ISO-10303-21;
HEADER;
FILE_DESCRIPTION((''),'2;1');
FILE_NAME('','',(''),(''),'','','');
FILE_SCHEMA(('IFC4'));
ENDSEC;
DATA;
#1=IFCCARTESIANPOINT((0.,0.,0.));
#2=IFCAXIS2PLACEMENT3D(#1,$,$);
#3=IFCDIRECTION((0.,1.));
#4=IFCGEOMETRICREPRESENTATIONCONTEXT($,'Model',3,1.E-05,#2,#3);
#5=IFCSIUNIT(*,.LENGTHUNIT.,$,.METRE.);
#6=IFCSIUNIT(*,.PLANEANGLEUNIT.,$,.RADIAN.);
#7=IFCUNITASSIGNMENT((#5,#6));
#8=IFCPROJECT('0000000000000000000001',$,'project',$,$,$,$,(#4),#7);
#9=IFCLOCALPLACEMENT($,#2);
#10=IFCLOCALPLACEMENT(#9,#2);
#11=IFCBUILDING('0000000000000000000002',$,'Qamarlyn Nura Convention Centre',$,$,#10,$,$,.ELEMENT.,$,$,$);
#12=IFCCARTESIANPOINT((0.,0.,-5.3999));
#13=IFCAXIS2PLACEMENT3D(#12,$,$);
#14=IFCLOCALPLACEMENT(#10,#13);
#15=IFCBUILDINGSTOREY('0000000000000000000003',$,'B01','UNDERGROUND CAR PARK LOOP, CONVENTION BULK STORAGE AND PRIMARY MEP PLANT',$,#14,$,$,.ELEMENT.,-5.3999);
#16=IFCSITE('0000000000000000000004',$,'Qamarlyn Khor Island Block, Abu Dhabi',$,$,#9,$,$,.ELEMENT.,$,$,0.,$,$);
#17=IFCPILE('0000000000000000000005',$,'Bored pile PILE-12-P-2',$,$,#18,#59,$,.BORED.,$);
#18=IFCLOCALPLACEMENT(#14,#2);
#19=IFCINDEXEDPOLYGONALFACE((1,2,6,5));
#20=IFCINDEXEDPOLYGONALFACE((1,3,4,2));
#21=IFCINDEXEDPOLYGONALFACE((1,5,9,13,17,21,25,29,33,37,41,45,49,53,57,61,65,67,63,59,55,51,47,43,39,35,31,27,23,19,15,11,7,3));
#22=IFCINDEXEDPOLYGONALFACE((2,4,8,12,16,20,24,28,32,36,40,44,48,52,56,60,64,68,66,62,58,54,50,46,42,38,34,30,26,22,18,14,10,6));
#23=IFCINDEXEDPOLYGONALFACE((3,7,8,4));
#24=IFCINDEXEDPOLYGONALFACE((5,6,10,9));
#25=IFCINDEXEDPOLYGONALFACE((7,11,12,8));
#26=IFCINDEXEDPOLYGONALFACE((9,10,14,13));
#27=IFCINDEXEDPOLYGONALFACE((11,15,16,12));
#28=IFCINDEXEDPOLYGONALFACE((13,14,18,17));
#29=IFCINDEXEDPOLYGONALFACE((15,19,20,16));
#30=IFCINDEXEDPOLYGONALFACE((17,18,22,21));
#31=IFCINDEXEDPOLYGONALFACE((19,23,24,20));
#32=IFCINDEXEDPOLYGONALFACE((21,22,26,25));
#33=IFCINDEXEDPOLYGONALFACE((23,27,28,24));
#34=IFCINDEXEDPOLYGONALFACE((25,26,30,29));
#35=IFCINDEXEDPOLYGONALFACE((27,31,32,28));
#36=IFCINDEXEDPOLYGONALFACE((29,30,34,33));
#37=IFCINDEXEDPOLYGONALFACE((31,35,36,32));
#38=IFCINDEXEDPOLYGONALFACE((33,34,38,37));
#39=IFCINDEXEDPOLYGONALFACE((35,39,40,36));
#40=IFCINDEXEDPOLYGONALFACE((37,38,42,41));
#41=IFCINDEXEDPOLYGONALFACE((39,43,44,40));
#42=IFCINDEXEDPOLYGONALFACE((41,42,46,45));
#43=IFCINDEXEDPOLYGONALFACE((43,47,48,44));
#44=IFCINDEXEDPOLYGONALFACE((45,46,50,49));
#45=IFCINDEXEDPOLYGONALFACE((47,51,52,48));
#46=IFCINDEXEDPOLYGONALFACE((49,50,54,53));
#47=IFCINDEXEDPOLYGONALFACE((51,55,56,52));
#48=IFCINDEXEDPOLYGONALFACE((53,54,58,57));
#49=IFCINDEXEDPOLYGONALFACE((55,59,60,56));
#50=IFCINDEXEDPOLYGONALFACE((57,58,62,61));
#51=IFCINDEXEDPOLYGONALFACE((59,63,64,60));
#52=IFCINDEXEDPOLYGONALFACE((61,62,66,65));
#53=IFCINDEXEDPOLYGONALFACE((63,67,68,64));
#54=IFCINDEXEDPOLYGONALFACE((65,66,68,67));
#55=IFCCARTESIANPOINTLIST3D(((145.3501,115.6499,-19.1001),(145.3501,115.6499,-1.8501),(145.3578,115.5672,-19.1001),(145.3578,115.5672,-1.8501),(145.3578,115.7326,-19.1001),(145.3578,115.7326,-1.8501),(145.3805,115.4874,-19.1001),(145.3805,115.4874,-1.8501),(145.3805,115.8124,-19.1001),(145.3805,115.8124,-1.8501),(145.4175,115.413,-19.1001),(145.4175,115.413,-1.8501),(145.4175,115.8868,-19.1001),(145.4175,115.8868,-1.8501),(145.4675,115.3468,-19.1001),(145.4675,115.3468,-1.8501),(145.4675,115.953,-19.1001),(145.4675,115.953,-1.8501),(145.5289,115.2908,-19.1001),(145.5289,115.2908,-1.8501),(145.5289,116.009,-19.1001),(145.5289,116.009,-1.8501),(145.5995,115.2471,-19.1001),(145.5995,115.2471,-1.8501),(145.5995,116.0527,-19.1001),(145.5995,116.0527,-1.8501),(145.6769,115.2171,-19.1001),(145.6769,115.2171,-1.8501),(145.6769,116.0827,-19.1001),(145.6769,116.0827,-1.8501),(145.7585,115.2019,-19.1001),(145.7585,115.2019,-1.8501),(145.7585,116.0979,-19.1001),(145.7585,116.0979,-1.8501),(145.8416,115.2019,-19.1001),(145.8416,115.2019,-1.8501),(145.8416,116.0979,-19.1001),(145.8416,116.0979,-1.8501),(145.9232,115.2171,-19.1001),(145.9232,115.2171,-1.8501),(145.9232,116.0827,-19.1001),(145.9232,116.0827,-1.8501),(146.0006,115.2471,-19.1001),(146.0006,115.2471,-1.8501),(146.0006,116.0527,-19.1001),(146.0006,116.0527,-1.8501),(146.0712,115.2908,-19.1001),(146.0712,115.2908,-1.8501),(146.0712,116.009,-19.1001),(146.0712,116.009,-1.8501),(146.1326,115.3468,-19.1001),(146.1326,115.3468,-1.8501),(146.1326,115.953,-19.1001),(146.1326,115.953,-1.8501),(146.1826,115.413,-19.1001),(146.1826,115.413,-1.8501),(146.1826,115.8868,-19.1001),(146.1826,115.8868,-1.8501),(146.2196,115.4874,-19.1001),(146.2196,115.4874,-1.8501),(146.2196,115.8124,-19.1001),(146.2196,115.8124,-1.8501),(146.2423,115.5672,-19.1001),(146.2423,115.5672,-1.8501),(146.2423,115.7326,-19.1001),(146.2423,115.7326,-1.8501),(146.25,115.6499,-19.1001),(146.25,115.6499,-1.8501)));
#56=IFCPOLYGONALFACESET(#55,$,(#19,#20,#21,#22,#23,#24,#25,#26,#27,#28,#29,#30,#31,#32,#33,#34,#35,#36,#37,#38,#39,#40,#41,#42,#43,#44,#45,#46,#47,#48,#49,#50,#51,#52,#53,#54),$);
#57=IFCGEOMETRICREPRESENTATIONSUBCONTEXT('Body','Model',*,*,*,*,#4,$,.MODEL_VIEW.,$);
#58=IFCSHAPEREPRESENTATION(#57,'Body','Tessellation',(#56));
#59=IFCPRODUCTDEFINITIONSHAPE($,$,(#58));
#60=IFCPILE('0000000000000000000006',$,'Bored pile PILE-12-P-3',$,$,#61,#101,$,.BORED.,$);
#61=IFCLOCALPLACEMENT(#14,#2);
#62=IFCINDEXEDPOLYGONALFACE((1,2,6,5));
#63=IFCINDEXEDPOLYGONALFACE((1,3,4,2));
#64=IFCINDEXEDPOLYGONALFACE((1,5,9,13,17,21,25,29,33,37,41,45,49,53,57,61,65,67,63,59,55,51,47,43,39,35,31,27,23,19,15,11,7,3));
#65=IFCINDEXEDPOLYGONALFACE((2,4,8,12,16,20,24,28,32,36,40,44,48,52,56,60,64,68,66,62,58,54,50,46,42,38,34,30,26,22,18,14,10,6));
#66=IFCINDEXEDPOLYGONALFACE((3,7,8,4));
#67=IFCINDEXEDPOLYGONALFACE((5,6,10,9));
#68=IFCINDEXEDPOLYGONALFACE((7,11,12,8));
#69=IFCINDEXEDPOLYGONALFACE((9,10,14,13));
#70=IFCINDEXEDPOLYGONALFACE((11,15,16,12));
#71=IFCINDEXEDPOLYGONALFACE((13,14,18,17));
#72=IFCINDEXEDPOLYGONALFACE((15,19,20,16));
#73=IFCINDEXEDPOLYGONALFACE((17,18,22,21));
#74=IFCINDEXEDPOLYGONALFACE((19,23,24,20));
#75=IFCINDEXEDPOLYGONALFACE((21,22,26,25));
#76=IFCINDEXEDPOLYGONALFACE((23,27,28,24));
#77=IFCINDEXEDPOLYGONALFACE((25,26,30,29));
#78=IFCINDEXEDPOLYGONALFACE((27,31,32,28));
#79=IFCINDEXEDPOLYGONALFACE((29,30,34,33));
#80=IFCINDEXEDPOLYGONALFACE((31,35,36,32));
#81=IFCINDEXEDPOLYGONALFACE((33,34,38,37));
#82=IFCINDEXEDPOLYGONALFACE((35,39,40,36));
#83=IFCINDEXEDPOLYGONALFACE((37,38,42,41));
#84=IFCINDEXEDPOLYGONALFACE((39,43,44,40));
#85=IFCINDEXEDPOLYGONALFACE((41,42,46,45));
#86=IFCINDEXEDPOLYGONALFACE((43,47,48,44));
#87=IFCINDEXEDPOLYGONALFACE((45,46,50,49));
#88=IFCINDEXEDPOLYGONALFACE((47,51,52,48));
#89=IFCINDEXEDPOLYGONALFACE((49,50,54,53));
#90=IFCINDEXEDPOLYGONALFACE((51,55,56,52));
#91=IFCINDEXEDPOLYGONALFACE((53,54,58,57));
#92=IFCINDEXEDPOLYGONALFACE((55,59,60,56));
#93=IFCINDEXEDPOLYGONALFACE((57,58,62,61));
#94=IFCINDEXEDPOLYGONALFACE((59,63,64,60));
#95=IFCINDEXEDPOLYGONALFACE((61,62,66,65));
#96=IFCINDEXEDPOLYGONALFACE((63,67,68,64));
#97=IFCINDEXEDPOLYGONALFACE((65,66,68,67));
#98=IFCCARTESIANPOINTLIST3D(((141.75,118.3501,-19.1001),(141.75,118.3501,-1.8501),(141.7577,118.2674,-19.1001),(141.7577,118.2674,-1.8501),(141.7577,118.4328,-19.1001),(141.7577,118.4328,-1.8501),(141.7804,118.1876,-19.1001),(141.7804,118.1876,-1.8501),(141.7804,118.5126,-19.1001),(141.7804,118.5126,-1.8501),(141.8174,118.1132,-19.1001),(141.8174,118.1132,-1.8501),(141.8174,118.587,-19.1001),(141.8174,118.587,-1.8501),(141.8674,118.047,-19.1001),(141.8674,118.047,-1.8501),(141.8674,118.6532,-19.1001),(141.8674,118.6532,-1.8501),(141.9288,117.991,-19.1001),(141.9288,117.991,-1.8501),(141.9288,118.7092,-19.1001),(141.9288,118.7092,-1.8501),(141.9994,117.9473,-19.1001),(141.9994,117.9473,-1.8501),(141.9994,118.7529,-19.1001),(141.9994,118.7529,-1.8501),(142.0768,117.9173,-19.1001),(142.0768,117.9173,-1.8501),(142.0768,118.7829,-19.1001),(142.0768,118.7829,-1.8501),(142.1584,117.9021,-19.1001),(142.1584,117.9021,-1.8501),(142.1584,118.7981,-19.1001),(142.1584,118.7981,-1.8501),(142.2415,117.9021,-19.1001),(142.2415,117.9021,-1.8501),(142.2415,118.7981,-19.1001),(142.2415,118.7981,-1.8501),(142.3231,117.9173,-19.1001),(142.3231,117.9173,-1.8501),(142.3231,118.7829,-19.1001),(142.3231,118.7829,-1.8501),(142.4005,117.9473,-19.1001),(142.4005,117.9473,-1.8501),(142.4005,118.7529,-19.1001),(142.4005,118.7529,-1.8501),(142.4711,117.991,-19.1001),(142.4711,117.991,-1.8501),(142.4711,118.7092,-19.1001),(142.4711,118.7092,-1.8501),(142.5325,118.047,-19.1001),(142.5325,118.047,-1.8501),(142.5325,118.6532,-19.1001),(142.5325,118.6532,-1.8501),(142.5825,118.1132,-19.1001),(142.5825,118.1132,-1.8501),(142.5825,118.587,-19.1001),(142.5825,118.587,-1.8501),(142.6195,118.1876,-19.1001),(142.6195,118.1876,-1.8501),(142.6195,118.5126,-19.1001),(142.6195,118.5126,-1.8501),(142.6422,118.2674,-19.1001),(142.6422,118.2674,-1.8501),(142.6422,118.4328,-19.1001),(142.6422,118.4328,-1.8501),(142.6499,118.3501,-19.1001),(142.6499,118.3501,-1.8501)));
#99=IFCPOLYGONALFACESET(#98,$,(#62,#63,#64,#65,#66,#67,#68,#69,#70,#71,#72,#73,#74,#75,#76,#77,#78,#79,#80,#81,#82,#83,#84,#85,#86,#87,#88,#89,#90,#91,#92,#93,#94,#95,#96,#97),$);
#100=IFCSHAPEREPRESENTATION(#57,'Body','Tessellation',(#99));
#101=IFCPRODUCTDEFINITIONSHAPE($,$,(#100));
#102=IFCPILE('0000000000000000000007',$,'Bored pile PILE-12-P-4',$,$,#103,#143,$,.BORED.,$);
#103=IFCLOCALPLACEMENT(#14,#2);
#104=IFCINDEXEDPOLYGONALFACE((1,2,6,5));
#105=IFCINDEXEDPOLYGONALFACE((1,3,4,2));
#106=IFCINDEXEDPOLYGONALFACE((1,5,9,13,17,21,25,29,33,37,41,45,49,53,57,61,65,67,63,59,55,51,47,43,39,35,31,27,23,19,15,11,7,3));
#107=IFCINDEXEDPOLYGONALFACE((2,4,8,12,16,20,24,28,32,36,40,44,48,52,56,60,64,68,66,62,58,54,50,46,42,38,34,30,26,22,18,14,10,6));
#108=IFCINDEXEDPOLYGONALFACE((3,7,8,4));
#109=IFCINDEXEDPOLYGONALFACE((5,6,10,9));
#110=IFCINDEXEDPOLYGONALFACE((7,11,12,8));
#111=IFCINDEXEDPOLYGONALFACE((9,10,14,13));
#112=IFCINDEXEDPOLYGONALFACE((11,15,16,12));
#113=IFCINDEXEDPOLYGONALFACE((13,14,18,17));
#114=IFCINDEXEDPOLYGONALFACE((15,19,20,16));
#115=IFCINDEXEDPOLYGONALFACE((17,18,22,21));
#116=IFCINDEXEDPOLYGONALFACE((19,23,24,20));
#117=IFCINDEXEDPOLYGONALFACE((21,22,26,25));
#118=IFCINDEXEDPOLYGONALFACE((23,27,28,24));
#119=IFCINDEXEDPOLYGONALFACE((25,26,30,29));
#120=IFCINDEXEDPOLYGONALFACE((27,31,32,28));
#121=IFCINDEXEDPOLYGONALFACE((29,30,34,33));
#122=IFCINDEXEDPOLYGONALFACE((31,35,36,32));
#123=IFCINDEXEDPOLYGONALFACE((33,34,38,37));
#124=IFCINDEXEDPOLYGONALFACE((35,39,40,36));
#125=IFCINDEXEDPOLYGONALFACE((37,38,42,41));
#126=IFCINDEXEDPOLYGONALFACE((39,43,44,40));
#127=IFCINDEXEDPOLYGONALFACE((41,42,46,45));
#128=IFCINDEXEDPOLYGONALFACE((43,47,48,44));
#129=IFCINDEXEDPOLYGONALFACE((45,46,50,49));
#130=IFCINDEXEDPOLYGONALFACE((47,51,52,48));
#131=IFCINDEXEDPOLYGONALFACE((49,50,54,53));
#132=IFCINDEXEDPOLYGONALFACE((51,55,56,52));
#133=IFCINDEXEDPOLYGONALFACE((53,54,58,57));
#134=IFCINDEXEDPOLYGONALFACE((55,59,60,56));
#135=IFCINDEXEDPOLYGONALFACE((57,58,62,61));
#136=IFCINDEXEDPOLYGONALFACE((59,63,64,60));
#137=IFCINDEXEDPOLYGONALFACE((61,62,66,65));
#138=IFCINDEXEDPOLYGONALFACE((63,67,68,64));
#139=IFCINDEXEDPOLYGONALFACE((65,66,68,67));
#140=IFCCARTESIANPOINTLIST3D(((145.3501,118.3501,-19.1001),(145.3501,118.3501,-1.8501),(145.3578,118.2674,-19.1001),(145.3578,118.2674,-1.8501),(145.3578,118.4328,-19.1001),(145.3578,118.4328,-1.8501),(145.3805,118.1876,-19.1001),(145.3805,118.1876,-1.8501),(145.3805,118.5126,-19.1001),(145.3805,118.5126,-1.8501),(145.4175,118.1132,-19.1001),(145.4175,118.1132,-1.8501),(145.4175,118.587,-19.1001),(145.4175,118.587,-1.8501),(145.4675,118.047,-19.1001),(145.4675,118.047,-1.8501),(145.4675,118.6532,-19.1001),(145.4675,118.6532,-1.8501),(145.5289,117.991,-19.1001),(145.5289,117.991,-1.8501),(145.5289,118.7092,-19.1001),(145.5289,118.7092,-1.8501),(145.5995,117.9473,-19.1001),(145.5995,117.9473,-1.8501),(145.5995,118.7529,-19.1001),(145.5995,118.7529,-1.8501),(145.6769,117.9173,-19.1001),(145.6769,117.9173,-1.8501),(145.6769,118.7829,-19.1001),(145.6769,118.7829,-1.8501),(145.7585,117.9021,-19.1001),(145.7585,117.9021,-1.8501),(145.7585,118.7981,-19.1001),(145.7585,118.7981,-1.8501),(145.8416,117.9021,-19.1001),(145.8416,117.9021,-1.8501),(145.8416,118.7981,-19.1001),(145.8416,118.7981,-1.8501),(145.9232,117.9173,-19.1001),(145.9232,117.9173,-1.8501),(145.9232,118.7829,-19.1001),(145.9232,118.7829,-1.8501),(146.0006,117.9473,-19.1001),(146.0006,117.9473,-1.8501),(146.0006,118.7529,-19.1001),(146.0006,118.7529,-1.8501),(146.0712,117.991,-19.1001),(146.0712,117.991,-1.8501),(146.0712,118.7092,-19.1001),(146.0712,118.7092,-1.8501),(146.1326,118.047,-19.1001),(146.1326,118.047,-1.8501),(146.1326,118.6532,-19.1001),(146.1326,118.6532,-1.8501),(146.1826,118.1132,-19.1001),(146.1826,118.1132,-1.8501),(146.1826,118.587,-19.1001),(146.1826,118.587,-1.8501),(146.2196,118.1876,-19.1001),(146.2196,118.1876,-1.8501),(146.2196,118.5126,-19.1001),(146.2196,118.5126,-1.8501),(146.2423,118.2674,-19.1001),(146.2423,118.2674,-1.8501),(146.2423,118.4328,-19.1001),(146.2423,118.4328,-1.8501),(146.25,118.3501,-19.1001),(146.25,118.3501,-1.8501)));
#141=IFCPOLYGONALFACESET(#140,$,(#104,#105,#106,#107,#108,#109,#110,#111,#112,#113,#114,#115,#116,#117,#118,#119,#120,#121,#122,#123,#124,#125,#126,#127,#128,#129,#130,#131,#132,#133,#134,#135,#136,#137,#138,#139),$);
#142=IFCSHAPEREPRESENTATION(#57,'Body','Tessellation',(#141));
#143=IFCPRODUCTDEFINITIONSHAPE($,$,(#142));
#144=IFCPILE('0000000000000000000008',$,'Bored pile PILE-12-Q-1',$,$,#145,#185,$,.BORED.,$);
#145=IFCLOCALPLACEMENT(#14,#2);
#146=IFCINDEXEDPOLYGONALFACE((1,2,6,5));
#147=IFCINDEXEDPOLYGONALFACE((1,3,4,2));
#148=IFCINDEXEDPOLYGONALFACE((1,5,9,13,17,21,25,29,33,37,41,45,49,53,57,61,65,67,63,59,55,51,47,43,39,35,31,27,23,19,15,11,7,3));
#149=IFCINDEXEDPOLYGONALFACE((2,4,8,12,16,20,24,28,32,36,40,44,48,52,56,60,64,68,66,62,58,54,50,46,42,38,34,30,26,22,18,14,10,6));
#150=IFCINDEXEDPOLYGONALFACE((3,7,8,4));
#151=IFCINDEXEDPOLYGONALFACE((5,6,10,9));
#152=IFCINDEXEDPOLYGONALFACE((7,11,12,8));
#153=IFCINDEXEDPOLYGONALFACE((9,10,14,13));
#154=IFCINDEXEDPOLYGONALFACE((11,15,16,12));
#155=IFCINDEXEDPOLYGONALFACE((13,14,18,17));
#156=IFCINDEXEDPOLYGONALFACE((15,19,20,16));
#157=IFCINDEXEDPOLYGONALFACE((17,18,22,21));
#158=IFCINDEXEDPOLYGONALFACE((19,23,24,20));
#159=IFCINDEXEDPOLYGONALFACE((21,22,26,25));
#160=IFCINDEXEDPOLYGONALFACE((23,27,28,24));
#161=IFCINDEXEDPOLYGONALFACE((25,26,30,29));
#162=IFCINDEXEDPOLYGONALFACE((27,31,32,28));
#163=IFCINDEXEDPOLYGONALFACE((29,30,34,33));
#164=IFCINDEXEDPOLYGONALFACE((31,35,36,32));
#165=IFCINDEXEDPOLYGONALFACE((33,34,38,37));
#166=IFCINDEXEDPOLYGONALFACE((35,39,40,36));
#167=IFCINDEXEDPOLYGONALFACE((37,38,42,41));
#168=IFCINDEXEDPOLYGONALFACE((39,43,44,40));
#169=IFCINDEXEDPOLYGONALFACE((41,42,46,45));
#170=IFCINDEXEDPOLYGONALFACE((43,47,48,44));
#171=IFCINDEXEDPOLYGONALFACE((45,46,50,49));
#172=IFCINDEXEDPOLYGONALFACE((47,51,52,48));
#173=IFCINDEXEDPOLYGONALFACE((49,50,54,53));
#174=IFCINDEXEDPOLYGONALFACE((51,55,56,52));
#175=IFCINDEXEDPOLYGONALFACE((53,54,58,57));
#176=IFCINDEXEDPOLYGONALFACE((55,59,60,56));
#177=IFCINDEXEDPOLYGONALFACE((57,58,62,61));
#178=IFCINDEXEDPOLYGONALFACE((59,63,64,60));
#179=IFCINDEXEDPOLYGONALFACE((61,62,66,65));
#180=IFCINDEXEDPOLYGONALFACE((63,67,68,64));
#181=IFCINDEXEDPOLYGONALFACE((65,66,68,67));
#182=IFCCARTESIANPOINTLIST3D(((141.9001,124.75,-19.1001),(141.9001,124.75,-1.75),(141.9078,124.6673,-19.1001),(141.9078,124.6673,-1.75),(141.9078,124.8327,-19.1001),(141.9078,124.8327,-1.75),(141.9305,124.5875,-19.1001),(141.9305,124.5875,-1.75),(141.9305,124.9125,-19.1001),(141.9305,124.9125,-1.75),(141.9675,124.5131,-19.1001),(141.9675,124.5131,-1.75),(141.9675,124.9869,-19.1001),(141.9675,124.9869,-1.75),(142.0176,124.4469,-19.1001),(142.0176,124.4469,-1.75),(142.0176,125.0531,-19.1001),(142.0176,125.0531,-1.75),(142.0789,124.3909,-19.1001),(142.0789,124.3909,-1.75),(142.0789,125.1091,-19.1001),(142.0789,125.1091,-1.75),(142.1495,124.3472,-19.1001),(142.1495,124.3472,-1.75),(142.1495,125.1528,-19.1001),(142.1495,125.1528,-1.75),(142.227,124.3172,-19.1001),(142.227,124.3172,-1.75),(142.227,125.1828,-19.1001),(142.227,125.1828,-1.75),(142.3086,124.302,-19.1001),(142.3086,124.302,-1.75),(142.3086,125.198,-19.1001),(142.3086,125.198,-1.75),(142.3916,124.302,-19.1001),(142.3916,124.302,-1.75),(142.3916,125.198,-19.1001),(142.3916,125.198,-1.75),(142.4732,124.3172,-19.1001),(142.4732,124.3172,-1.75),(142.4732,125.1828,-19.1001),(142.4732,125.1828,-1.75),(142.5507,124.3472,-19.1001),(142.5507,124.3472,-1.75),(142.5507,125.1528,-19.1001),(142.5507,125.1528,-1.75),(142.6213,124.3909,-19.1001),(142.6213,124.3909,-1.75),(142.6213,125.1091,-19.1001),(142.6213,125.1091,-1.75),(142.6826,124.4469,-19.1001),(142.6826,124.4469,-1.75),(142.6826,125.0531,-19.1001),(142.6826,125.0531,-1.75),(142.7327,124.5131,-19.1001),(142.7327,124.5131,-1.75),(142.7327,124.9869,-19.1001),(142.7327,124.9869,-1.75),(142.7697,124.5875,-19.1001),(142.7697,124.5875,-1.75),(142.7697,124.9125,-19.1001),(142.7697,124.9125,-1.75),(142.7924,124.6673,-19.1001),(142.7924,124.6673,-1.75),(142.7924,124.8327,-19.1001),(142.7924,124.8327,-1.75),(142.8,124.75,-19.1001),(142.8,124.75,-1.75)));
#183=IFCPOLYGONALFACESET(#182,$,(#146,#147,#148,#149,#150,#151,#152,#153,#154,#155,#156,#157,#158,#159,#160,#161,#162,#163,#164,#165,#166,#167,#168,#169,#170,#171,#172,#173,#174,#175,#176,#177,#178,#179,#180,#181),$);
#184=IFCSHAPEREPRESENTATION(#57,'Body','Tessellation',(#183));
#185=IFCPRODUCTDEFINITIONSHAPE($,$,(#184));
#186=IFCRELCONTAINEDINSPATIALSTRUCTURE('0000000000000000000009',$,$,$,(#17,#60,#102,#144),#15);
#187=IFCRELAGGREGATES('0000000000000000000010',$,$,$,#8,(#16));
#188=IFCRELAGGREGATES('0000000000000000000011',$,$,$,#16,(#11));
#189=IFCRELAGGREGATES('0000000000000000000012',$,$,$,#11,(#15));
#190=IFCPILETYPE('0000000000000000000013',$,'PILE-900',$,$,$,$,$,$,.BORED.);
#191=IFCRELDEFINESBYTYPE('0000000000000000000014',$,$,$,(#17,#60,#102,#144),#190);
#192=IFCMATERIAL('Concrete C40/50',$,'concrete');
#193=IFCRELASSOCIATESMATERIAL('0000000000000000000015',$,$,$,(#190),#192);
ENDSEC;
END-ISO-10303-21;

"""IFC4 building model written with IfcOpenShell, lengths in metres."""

from ifc_helpers import new_model, si_unit, direction, frame, origin, origin_2d, place, context, subcontext, project, spatial, circle, extrude, material, material_profile, profile_set, type_object, element, save


model = new_model("IFC4")

# Units and contexts
model_context = context("Model", 3, precision=1e-05, world=origin(), true_north=direction((0.0, 1.0)))
body_context = subcontext(model_context, "Body", "Model", "MODEL_VIEW")
ifc_project = project(units=[si_unit("LENGTHUNIT", "METRE"), si_unit("PLANEANGLEUNIT", "RADIAN")], contexts=[model_context])

# Site, building, storey
site_placement = place(None, origin())
site = spatial("IfcSite", under=ifc_project, at=site_placement, Name="Qamarlyn Khor Island Block, Abu Dhabi", CompositionType="ELEMENT", RefElevation=0.0)
building_placement = place(site_placement, origin())
building = spatial("IfcBuilding", under=site, at=building_placement, Name="Qamarlyn Nura Convention Centre", CompositionType="ELEMENT")
storey_placement = place(building_placement, frame((0.0, 0.0, -5.3999)))
storey = spatial("IfcBuildingStorey", under=building, at=storey_placement, Name="B01", Description="UNDERGROUND CAR PARK LOOP, CONVENTION BULK STORAGE AND PRIMARY MEP PLANT", CompositionType="ELEMENT", Elevation=-5.3999)

# Shared definitions
ifc_material_1 = material(Name="Concrete C40/50", Category="concrete")

# Piles
ifc_material_profile_1 = material_profile(ifc_material_1, circle(Radius=0.45, at=origin_2d()), Name="BORED PILE 900")
ifc_profile_set_1 = profile_set([ifc_material_profile_1], Name="Concrete C40/50")
pile_type = type_object("IfcPileType", Name="PILE-900", PredefinedType="BORED", material=ifc_profile_set_1)
for number, where, z_axis, x_axis, name in (
    (1, (145.8, 115.6499, -1.8501), (0.0, 0.0, -1.0), (1.0, 0.0, 0.0), "Bored pile PILE-12-P-2"),
    (2, (142.2, 118.3501, -1.8501), (0.0, 0.0, -1.0), (1.0, 0.0, 0.0), "Bored pile PILE-12-P-3"),
    (3, (145.8, 118.3501, -1.8501), (0.0, 0.0, -1.0), (1.0, 0.0, 0.0), "Bored pile PILE-12-P-4"),
):
    element("IfcPile", number, at=place(storey_placement, frame(where, z_axis=z_axis, x_axis=x_axis)), inside=storey, type_object=pile_type, Name=name, PredefinedType="BORED", context=body_context, shape_type="SweptSolid", body=[
        extrude(circle(Radius=0.45, at=origin_2d()), origin(), (0.0, 0.0, 1.0), 17.25),
    ])
for number, where, z_axis, x_axis, name in (
    (4, (142.3501, 124.75, -1.75), (0.0, 0.0, -1.0), (1.0, 0.0, 0.0), "Bored pile PILE-12-Q-1"),
):
    element("IfcPile", number, at=place(storey_placement, frame(where, z_axis=z_axis, x_axis=x_axis)), inside=storey, type_object=pile_type, Name=name, PredefinedType="BORED", context=body_context, shape_type="SweptSolid", body=[
        extrude(circle(Radius=0.45, at=origin_2d()), origin(), (0.0, 0.0, 1.0), 17.3501),
    ])

save(model, "model.ifc")
